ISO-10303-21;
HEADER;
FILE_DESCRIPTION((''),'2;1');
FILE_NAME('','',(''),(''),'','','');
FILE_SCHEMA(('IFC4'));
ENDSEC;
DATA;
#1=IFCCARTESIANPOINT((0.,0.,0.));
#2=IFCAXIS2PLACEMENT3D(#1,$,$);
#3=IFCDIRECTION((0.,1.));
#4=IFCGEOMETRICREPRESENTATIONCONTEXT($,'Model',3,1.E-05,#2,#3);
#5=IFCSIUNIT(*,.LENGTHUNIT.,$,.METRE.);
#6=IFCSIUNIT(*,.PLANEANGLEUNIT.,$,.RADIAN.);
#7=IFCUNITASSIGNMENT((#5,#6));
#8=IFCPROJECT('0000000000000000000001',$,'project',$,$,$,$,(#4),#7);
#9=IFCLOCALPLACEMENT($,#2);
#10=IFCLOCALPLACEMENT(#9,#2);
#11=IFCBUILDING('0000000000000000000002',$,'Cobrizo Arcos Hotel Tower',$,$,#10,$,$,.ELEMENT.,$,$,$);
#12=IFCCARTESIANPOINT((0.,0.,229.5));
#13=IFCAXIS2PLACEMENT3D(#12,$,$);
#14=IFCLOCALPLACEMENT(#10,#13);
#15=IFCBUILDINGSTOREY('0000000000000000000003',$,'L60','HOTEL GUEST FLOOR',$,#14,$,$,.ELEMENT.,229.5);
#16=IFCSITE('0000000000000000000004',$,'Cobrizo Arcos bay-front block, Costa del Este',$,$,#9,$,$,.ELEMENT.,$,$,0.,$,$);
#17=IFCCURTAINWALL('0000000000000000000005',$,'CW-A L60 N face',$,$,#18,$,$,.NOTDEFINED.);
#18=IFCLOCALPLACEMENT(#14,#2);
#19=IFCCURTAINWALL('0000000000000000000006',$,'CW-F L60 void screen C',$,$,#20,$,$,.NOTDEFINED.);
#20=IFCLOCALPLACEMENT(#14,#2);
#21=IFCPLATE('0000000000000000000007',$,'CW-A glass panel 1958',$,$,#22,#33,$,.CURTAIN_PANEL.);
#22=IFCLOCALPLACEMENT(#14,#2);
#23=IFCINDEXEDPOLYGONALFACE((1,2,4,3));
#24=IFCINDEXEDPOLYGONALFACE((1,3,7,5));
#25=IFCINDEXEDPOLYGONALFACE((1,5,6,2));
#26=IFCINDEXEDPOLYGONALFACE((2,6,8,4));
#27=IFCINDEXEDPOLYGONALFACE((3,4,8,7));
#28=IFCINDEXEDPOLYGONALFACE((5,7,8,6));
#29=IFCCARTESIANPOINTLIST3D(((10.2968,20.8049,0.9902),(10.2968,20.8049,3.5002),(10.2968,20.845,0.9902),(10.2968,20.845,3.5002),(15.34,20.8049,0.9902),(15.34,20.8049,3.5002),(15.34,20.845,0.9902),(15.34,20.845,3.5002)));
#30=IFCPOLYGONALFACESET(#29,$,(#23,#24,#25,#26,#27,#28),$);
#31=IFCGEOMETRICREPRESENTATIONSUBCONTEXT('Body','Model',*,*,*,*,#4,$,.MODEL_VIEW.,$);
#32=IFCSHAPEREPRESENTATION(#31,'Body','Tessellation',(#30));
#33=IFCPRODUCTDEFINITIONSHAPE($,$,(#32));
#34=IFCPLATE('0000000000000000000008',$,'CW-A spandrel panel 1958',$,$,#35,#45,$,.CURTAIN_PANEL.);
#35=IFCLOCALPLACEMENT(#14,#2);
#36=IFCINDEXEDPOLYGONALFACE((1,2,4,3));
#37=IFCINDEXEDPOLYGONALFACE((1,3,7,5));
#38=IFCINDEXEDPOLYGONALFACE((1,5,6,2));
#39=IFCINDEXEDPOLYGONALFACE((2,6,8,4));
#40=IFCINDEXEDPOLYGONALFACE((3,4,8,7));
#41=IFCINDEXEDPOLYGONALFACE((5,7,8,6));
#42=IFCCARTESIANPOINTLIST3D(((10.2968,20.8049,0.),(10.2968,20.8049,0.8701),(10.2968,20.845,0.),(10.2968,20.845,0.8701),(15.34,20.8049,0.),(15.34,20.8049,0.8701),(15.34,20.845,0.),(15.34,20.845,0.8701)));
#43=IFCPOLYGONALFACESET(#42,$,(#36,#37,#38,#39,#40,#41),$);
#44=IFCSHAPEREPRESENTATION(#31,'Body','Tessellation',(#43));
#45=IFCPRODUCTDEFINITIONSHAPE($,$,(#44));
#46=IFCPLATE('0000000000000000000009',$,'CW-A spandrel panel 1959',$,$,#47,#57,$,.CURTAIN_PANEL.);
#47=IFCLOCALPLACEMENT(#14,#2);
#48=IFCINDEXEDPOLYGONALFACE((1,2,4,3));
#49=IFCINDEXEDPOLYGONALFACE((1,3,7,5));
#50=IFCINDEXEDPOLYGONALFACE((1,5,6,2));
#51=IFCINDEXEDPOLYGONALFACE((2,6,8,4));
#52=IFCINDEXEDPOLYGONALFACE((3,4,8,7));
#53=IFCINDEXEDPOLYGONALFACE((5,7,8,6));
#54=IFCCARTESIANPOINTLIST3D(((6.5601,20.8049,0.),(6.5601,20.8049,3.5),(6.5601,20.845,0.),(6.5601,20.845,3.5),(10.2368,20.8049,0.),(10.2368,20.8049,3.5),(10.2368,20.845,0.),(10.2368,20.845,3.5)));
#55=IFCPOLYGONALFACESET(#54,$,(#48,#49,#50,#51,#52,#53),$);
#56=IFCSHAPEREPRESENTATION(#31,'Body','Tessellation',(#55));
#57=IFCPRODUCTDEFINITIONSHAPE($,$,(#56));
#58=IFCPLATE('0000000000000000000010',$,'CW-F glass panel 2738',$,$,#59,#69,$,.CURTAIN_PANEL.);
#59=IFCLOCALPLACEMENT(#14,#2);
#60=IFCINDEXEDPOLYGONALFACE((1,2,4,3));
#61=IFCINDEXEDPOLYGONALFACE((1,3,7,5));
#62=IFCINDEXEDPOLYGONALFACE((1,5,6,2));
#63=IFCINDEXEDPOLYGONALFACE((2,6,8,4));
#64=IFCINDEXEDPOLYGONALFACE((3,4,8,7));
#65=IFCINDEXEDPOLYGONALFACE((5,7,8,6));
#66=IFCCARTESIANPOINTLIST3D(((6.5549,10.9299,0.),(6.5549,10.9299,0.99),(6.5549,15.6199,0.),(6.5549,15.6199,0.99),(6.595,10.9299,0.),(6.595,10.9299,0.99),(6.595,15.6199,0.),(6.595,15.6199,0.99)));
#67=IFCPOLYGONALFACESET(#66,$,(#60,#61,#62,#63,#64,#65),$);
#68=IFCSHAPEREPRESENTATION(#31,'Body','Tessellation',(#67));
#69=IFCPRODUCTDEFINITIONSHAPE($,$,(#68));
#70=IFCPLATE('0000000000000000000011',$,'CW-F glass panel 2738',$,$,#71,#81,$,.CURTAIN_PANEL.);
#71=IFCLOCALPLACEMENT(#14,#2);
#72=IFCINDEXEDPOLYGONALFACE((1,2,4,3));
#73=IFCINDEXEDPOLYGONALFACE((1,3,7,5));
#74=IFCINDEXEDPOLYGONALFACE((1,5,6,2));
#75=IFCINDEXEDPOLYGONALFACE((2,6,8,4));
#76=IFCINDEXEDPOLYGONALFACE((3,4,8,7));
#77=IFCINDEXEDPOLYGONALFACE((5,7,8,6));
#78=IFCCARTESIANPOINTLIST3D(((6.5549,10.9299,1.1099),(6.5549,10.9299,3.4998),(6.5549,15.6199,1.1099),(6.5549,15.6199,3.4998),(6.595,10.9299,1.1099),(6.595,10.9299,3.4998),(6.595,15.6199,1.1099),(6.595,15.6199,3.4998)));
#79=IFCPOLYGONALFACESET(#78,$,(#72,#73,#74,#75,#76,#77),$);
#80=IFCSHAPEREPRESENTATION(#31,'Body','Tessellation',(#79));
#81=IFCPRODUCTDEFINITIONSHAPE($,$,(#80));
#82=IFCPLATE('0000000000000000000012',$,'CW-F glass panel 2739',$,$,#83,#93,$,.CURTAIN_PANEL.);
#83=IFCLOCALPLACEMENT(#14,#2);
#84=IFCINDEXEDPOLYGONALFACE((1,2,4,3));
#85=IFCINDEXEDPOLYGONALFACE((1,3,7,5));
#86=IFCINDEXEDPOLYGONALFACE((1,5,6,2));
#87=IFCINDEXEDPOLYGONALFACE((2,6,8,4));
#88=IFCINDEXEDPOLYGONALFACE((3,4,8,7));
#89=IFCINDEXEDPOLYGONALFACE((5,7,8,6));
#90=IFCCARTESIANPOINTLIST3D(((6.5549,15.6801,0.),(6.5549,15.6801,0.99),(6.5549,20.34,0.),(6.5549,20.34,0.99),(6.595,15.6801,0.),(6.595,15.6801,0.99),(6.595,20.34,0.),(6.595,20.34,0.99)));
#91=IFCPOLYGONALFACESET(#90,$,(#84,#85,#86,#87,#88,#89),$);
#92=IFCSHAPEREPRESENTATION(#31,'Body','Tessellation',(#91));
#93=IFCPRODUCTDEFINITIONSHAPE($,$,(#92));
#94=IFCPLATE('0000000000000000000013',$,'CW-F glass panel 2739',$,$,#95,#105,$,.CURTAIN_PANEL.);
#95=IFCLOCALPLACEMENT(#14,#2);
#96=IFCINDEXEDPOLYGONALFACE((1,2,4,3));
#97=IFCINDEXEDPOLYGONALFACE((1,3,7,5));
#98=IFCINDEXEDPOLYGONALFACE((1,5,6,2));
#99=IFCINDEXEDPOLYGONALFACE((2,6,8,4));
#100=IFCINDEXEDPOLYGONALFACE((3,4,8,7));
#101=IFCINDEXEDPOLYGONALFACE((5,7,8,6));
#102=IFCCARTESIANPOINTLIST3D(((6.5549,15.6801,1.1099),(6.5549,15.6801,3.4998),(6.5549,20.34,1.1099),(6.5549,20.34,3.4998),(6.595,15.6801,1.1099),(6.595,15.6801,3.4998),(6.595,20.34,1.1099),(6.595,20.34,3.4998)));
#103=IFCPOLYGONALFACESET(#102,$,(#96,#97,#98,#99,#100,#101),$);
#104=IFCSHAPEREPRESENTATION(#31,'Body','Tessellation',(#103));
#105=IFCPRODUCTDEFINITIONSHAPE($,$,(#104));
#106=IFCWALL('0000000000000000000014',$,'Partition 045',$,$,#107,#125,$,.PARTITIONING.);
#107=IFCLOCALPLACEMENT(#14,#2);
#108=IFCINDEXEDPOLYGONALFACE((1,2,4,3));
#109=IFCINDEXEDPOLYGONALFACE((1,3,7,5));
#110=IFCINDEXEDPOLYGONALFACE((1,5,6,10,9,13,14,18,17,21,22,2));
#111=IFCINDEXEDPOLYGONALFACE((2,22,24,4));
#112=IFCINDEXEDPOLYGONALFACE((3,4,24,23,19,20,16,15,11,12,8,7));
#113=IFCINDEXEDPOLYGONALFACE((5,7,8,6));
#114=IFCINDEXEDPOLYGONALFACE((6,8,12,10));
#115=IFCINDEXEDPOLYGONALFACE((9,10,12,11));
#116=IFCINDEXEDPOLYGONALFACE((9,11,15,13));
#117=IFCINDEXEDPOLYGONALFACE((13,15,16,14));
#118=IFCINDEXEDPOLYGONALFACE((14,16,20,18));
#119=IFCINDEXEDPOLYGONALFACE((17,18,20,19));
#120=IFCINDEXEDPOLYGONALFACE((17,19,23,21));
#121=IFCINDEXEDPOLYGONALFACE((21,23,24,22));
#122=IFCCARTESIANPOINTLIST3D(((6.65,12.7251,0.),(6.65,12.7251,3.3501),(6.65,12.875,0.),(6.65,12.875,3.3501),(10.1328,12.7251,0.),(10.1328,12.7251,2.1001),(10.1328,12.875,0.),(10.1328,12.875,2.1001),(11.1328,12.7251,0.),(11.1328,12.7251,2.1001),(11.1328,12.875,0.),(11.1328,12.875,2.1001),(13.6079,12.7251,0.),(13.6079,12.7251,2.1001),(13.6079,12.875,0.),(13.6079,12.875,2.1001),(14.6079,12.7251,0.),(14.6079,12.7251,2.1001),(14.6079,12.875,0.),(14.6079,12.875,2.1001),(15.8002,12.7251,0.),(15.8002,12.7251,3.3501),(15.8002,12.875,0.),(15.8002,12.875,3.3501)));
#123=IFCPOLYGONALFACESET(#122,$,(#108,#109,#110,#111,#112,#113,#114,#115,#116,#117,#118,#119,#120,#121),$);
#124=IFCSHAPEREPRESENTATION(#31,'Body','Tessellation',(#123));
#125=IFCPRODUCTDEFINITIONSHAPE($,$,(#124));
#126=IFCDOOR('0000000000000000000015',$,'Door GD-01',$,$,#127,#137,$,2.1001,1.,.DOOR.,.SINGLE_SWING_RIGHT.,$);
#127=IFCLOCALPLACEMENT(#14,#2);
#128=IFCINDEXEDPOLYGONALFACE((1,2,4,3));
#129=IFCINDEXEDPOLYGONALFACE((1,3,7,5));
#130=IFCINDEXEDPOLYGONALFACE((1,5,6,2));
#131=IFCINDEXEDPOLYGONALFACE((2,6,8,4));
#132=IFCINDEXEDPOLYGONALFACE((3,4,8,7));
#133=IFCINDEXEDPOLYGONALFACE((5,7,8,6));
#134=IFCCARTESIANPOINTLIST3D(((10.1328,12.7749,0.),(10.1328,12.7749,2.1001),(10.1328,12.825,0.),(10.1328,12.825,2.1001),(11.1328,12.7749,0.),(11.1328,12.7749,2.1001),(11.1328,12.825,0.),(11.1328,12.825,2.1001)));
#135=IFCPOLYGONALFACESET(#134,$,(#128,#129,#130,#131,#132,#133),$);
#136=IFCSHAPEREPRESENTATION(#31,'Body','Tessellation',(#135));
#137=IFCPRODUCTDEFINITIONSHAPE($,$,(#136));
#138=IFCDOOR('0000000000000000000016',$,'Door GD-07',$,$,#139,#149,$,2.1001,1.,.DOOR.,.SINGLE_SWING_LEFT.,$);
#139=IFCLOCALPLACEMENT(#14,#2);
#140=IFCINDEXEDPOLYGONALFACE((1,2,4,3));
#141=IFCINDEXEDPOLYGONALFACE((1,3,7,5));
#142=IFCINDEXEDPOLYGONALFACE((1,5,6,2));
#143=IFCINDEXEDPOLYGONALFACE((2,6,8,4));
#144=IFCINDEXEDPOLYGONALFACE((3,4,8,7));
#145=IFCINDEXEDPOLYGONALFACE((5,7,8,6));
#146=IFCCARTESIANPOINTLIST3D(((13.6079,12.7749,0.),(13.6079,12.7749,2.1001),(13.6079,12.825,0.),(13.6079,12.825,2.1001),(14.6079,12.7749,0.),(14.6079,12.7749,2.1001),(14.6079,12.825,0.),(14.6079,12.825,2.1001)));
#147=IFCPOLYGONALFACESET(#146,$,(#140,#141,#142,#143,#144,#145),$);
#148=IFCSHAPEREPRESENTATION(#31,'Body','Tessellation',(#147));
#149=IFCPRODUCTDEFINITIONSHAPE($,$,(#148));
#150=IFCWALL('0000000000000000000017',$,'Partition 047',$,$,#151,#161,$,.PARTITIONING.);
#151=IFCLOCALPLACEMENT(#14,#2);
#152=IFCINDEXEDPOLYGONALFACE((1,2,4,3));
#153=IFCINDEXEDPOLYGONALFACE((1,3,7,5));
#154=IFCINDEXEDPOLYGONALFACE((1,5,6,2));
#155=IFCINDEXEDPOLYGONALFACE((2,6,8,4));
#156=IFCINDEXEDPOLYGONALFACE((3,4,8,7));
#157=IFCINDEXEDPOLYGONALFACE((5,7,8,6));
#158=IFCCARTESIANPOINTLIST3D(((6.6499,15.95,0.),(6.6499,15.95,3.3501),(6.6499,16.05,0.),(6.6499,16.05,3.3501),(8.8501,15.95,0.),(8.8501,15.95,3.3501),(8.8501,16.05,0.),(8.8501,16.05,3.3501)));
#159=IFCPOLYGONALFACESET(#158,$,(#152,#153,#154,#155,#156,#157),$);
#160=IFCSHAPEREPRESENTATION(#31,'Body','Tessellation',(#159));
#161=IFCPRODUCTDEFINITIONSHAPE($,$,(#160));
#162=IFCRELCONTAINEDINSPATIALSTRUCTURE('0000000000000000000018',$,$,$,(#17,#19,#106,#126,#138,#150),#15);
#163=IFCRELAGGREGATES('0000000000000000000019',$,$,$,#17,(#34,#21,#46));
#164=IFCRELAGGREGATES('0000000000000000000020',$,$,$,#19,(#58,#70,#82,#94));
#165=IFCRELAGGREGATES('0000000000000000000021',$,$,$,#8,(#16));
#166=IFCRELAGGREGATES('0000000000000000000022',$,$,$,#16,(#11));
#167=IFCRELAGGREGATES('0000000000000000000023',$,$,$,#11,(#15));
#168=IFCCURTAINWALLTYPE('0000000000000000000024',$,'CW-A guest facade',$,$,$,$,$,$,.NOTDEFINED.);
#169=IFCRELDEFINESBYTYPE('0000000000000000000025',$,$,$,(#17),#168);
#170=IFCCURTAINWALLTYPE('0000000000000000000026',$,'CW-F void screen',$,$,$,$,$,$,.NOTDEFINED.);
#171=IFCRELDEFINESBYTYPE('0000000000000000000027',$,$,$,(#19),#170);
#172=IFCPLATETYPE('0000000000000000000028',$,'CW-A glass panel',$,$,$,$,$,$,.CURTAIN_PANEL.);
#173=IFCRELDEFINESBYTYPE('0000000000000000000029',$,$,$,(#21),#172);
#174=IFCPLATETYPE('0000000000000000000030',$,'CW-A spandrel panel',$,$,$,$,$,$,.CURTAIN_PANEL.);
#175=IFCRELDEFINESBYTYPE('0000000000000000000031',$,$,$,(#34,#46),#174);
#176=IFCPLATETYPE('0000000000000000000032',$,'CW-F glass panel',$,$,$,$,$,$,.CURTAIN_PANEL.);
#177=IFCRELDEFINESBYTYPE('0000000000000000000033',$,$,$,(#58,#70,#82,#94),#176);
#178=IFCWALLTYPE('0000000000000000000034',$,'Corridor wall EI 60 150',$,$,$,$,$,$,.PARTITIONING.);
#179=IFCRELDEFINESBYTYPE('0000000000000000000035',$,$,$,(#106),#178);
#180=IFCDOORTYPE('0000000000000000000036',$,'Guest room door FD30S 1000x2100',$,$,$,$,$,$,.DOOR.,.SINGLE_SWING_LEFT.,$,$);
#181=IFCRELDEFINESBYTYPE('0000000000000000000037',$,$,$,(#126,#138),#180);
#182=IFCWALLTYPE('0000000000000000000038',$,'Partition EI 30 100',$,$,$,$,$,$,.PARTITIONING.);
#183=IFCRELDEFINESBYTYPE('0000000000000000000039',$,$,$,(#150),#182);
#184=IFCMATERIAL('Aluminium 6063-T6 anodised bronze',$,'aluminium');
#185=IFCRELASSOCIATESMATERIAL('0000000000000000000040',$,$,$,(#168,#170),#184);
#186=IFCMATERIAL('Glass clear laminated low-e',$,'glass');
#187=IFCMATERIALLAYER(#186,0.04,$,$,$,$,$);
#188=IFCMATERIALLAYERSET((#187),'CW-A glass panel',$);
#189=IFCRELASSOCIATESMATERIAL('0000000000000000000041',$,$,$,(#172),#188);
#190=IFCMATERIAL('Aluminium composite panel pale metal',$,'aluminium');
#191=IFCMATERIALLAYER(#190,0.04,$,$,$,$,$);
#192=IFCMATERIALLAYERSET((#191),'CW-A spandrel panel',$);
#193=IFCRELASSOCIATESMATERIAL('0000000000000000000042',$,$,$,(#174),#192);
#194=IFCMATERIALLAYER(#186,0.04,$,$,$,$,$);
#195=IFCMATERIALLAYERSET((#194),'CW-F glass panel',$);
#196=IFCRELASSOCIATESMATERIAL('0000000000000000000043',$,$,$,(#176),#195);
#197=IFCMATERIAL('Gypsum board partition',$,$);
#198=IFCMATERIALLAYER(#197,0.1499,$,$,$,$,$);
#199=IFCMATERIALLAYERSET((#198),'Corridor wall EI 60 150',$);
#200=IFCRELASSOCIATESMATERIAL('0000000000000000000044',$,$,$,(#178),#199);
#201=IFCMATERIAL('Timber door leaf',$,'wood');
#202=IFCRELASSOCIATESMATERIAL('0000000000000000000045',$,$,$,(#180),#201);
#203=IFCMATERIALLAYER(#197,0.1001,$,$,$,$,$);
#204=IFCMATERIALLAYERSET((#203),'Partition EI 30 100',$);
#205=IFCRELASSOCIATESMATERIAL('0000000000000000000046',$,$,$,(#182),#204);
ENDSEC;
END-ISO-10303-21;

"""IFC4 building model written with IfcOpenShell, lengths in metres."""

from ifc_helpers import new_model, si_unit, direction, frame, frame_2d, origin, origin_2d, place, context, subcontext, project, spatial, rectangle, extrude, material, layer, layer_set, type_object, element, fill, aggregate, save


model = new_model("IFC4")

# Units and contexts
model_context = context("Model", 3, precision=1e-05, world=origin(), true_north=direction((0.0, 1.0)))
body_context = subcontext(model_context, "Body", "Model", "MODEL_VIEW")
ifc_project = project(units=[si_unit("LENGTHUNIT", "METRE"), si_unit("PLANEANGLEUNIT", "RADIAN")], contexts=[model_context])

# Site, building, storey
site_placement = place(None, origin())
site = spatial("IfcSite", under=ifc_project, at=site_placement, Name="Cobrizo Arcos bay-front block, Costa del Este", CompositionType="ELEMENT", RefElevation=0.0)
building_placement = place(site_placement, origin())
building = spatial("IfcBuilding", under=site, at=building_placement, Name="Cobrizo Arcos Hotel Tower", CompositionType="ELEMENT")
storey_placement = place(building_placement, frame((0.0, 0.0, 229.5)))
storey = spatial("IfcBuildingStorey", under=building, at=storey_placement, Name="L60", Description="HOTEL GUEST FLOOR", CompositionType="ELEMENT", Elevation=229.5)

# Curtain wall
ifc_material_1 = material(Name="Aluminium 6063-T6 anodised bronze", Category="aluminium")
curtain_wall_type_1 = type_object("IfcCurtainWallType", Name="CW-A guest facade", PredefinedType="NOTDEFINED", material=ifc_material_1)
curtain_wall_1_placement = place(storey_placement, origin())
curtain_wall_1 = element("IfcCurtainWall", 1, at=curtain_wall_1_placement, inside=storey, type_object=curtain_wall_type_1, Name="CW-A L60 N face", PredefinedType="NOTDEFINED")

# Curtain wall
curtain_wall_type_2 = type_object("IfcCurtainWallType", Name="CW-F void screen", PredefinedType="NOTDEFINED", material=ifc_material_1)
curtain_wall_2_placement = place(storey_placement, origin())
curtain_wall_2 = element("IfcCurtainWall", 2, at=curtain_wall_2_placement, inside=storey, type_object=curtain_wall_type_2, Name="CW-F L60 void screen C", PredefinedType="NOTDEFINED")

# Plates
ifc_material_2 = material(Name="Glass clear laminated low-e", Category="glass")
ifc_layer_1 = layer(ifc_material_2, 0.04)
ifc_layer_set_1 = layer_set([ifc_layer_1], Name="CW-A glass panel")
plate_type_1 = type_object("IfcPlateType", Name="CW-A glass panel", PredefinedType="CURTAIN_PANEL", material=ifc_layer_set_1)
plate_1_placement = place(storey_placement, frame((12.8184, 20.825, 0.9902), z_axis=(0.0, 0.0, 1.0), x_axis=(-1.0, 0.0, 0.0)))
plate_1 = element("IfcPlate", 3, at=plate_1_placement, type_object=plate_type_1, Name="CW-A glass panel 1958", PredefinedType="CURTAIN_PANEL", context=body_context, shape_type="SweptSolid", body=[
    extrude(rectangle(XDim=5.0432, YDim=0.04, at=origin_2d()), origin(), (0.0, 0.0, 1.0), 2.51),
])
ifc_material_3 = material(Name="Aluminium composite panel pale metal", Category="aluminium")
ifc_layer_2 = layer(ifc_material_3, 0.04)
ifc_layer_set_2 = layer_set([ifc_layer_2], Name="CW-A spandrel panel")
plate_type_2 = type_object("IfcPlateType", Name="CW-A spandrel panel", PredefinedType="CURTAIN_PANEL", material=ifc_layer_set_2)
plate_2_placement = place(storey_placement, frame((12.8184, 20.825, 0.0), z_axis=(0.0, 0.0, 1.0), x_axis=(-1.0, 0.0, 0.0)))
plate_2 = element("IfcPlate", 4, at=plate_2_placement, type_object=plate_type_2, Name="CW-A spandrel panel 1958", PredefinedType="CURTAIN_PANEL", context=body_context, shape_type="SweptSolid", body=[
    extrude(rectangle(XDim=5.0432, YDim=0.04, at=origin_2d()), origin(), (0.0, 0.0, 1.0), 0.8701),
])
plate_3_placement = place(storey_placement, frame((8.3984, 20.825, 0.0), z_axis=(0.0, 0.0, 1.0), x_axis=(-1.0, 0.0, 0.0)))
plate_3 = element("IfcPlate", 5, at=plate_3_placement, type_object=plate_type_2, Name="CW-A spandrel panel 1959", PredefinedType="CURTAIN_PANEL", context=body_context, shape_type="SweptSolid", body=[
    extrude(rectangle(XDim=3.6768, YDim=0.04, at=origin_2d()), origin(), (0.0, 0.0, 1.0), 3.5),
])
aggregate(curtain_wall_1, [plate_2, plate_1, plate_3])
ifc_layer_3 = layer(ifc_material_2, 0.04)
ifc_layer_set_3 = layer_set([ifc_layer_3], Name="CW-F glass panel")
plate_type_3 = type_object("IfcPlateType", Name="CW-F glass panel", PredefinedType="CURTAIN_PANEL", material=ifc_layer_set_3)
plate_4_placement = place(storey_placement, frame((6.575, 13.2749, 0.0), z_axis=(0.0, 0.0, 1.0), x_axis=(0.0, 1.0, 0.0)))
plate_4 = element("IfcPlate", 6, at=plate_4_placement, type_object=plate_type_3, Name="CW-F glass panel 2738", PredefinedType="CURTAIN_PANEL", context=body_context, shape_type="SweptSolid", body=[
    extrude(rectangle(XDim=4.6899, YDim=0.04, at=origin_2d()), origin(), (0.0, 0.0, 1.0), 0.99),
])
plate_5_placement = place(storey_placement, frame((6.575, 13.2749, 1.1099), z_axis=(0.0, 0.0, 1.0), x_axis=(0.0, 1.0, 0.0)))
plate_5 = element("IfcPlate", 7, at=plate_5_placement, type_object=plate_type_3, Name="CW-F glass panel 2738", PredefinedType="CURTAIN_PANEL", context=body_context, shape_type="SweptSolid", body=[
    extrude(rectangle(XDim=4.6899, YDim=0.04, at=origin_2d()), origin(), (0.0, 0.0, 1.0), 2.3899),
])
plate_6_placement = place(storey_placement, frame((6.575, 18.01, 0.0), z_axis=(0.0, 0.0, 1.0), x_axis=(0.0, 1.0, 0.0)))
plate_6 = element("IfcPlate", 8, at=plate_6_placement, type_object=plate_type_3, Name="CW-F glass panel 2739", PredefinedType="CURTAIN_PANEL", context=body_context, shape_type="SweptSolid", body=[
    extrude(rectangle(XDim=4.6599, YDim=0.04, at=origin_2d()), origin(), (0.0, 0.0, 1.0), 0.99),
])
plate_7_placement = place(storey_placement, frame((6.575, 18.01, 1.1099), z_axis=(0.0, 0.0, 1.0), x_axis=(0.0, 1.0, 0.0)))
plate_7 = element("IfcPlate", 9, at=plate_7_placement, type_object=plate_type_3, Name="CW-F glass panel 2739", PredefinedType="CURTAIN_PANEL", context=body_context, shape_type="SweptSolid", body=[
    extrude(rectangle(XDim=4.6599, YDim=0.04, at=origin_2d()), origin(), (0.0, 0.0, 1.0), 2.3899),
])
aggregate(curtain_wall_2, [plate_4, plate_5, plate_6, plate_7])

# Wall, openings, doors
ifc_material_4 = material(Name="Gypsum board partition")
ifc_layer_4 = layer(ifc_material_4, 0.1499)
ifc_layer_set_4 = layer_set([ifc_layer_4], Name="Corridor wall EI 60 150")
wall_type_1 = type_object("IfcWallType", Name="Corridor wall EI 60 150", PredefinedType="PARTITIONING", material=ifc_layer_set_4)
wall_1_placement = place(storey_placement, frame((6.6499, 12.8, 0.0), z_axis=(0.0, 0.0, 1.0), x_axis=(1.0, 0.0, 0.0)))
wall_1 = element("IfcWall", 10, at=wall_1_placement, inside=storey, type_object=wall_type_1, Name="Partition 045", PredefinedType="PARTITIONING", context=body_context, shape_type="SweptSolid", body=[
    extrude(rectangle(XDim=9.1501, YDim=0.1499, at=frame_2d((4.5752, 0.0))), origin(), (0.0, 0.0, 1.0), 3.3501),
])
opening_1_placement = place(wall_1_placement, frame((3.4829, 0.0, 0.0)))
opening_1 = element("IfcOpeningElement", 11, at=opening_1_placement, cuts=wall_1, PredefinedType="OPENING", context=body_context, shape_type="SweptSolid", body=[
    extrude(rectangle(XDim=1.0, YDim=2.1001, at=frame_2d((0.5, 1.05))), frame((0.0, 0.0869, 0.0), z_axis=(0.0, -1.0, 0.0), x_axis=(1.0, 0.0, 0.0)), (0.0, 0.0, 1.0), 0.1738),
])
opening_2_placement = place(wall_1_placement, frame((6.958, 0.0, 0.0)))
opening_2 = element("IfcOpeningElement", 12, at=opening_2_placement, cuts=wall_1, PredefinedType="OPENING", context=body_context, shape_type="SweptSolid", body=[
    extrude(rectangle(XDim=1.0, YDim=2.1001, at=frame_2d((0.5, 1.05))), frame((0.0, 0.0869, 0.0), z_axis=(0.0, -1.0, 0.0), x_axis=(1.0, 0.0, 0.0)), (0.0, 0.0, 1.0), 0.1738),
])
ifc_material_5 = material(Name="Timber door leaf", Category="wood")
door_type_1 = type_object("IfcDoorType", Name="Guest room door FD30S 1000x2100", OperationType="SINGLE_SWING_LEFT", PredefinedType="DOOR", material=ifc_material_5)
door_1_placement = place(opening_1_placement, origin())
door_1 = element("IfcDoor", 13, at=door_1_placement, inside=storey, type_object=door_type_1, Name="Door GD-01", OperationType="SINGLE_SWING_RIGHT", OverallHeight=2.1001, OverallWidth=1.0, PredefinedType="DOOR", context=body_context, shape_type="SweptSolid", body=[
    extrude(rectangle(XDim=1.0, YDim=2.1001, at=frame_2d((0.5, 1.05))), frame((0.0, 0.0249, 0.0), z_axis=(0.0, -1.0, 0.0), x_axis=(1.0, 0.0, 0.0)), (0.0, 0.0, 1.0), 0.05),
])
fill(opening_1, door_1)
door_2_placement = place(opening_2_placement, origin())
door_2 = element("IfcDoor", 14, at=door_2_placement, inside=storey, type_object=door_type_1, Name="Door GD-07", OperationType="SINGLE_SWING_LEFT", OverallHeight=2.1001, OverallWidth=1.0, PredefinedType="DOOR", context=body_context, shape_type="SweptSolid", body=[
    extrude(rectangle(XDim=1.0, YDim=2.1001, at=frame_2d((0.5, 1.05))), frame((0.0, 0.0249, 0.0), z_axis=(0.0, -1.0, 0.0), x_axis=(1.0, 0.0, 0.0)), (0.0, 0.0, 1.0), 0.05),
])
fill(opening_2, door_2)

# Wall
ifc_layer_5 = layer(ifc_material_4, 0.1001)
ifc_layer_set_5 = layer_set([ifc_layer_5], Name="Partition EI 30 100")
wall_type_2 = type_object("IfcWallType", Name="Partition EI 30 100", PredefinedType="PARTITIONING", material=ifc_layer_set_5)
wall_2_placement = place(storey_placement, frame((6.6499, 16.0, 0.0), z_axis=(0.0, 0.0, 1.0), x_axis=(1.0, 0.0, 0.0)))
element("IfcWall", 15, at=wall_2_placement, inside=storey, type_object=wall_type_2, Name="Partition 047", PredefinedType="PARTITIONING", context=body_context, shape_type="SweptSolid", body=[
    extrude(rectangle(XDim=2.2002, YDim=0.1001, at=frame_2d((1.1001, 0.0))), origin(), (0.0, 0.0, 1.0), 3.3501),
])

save(model, "model.ifc")
